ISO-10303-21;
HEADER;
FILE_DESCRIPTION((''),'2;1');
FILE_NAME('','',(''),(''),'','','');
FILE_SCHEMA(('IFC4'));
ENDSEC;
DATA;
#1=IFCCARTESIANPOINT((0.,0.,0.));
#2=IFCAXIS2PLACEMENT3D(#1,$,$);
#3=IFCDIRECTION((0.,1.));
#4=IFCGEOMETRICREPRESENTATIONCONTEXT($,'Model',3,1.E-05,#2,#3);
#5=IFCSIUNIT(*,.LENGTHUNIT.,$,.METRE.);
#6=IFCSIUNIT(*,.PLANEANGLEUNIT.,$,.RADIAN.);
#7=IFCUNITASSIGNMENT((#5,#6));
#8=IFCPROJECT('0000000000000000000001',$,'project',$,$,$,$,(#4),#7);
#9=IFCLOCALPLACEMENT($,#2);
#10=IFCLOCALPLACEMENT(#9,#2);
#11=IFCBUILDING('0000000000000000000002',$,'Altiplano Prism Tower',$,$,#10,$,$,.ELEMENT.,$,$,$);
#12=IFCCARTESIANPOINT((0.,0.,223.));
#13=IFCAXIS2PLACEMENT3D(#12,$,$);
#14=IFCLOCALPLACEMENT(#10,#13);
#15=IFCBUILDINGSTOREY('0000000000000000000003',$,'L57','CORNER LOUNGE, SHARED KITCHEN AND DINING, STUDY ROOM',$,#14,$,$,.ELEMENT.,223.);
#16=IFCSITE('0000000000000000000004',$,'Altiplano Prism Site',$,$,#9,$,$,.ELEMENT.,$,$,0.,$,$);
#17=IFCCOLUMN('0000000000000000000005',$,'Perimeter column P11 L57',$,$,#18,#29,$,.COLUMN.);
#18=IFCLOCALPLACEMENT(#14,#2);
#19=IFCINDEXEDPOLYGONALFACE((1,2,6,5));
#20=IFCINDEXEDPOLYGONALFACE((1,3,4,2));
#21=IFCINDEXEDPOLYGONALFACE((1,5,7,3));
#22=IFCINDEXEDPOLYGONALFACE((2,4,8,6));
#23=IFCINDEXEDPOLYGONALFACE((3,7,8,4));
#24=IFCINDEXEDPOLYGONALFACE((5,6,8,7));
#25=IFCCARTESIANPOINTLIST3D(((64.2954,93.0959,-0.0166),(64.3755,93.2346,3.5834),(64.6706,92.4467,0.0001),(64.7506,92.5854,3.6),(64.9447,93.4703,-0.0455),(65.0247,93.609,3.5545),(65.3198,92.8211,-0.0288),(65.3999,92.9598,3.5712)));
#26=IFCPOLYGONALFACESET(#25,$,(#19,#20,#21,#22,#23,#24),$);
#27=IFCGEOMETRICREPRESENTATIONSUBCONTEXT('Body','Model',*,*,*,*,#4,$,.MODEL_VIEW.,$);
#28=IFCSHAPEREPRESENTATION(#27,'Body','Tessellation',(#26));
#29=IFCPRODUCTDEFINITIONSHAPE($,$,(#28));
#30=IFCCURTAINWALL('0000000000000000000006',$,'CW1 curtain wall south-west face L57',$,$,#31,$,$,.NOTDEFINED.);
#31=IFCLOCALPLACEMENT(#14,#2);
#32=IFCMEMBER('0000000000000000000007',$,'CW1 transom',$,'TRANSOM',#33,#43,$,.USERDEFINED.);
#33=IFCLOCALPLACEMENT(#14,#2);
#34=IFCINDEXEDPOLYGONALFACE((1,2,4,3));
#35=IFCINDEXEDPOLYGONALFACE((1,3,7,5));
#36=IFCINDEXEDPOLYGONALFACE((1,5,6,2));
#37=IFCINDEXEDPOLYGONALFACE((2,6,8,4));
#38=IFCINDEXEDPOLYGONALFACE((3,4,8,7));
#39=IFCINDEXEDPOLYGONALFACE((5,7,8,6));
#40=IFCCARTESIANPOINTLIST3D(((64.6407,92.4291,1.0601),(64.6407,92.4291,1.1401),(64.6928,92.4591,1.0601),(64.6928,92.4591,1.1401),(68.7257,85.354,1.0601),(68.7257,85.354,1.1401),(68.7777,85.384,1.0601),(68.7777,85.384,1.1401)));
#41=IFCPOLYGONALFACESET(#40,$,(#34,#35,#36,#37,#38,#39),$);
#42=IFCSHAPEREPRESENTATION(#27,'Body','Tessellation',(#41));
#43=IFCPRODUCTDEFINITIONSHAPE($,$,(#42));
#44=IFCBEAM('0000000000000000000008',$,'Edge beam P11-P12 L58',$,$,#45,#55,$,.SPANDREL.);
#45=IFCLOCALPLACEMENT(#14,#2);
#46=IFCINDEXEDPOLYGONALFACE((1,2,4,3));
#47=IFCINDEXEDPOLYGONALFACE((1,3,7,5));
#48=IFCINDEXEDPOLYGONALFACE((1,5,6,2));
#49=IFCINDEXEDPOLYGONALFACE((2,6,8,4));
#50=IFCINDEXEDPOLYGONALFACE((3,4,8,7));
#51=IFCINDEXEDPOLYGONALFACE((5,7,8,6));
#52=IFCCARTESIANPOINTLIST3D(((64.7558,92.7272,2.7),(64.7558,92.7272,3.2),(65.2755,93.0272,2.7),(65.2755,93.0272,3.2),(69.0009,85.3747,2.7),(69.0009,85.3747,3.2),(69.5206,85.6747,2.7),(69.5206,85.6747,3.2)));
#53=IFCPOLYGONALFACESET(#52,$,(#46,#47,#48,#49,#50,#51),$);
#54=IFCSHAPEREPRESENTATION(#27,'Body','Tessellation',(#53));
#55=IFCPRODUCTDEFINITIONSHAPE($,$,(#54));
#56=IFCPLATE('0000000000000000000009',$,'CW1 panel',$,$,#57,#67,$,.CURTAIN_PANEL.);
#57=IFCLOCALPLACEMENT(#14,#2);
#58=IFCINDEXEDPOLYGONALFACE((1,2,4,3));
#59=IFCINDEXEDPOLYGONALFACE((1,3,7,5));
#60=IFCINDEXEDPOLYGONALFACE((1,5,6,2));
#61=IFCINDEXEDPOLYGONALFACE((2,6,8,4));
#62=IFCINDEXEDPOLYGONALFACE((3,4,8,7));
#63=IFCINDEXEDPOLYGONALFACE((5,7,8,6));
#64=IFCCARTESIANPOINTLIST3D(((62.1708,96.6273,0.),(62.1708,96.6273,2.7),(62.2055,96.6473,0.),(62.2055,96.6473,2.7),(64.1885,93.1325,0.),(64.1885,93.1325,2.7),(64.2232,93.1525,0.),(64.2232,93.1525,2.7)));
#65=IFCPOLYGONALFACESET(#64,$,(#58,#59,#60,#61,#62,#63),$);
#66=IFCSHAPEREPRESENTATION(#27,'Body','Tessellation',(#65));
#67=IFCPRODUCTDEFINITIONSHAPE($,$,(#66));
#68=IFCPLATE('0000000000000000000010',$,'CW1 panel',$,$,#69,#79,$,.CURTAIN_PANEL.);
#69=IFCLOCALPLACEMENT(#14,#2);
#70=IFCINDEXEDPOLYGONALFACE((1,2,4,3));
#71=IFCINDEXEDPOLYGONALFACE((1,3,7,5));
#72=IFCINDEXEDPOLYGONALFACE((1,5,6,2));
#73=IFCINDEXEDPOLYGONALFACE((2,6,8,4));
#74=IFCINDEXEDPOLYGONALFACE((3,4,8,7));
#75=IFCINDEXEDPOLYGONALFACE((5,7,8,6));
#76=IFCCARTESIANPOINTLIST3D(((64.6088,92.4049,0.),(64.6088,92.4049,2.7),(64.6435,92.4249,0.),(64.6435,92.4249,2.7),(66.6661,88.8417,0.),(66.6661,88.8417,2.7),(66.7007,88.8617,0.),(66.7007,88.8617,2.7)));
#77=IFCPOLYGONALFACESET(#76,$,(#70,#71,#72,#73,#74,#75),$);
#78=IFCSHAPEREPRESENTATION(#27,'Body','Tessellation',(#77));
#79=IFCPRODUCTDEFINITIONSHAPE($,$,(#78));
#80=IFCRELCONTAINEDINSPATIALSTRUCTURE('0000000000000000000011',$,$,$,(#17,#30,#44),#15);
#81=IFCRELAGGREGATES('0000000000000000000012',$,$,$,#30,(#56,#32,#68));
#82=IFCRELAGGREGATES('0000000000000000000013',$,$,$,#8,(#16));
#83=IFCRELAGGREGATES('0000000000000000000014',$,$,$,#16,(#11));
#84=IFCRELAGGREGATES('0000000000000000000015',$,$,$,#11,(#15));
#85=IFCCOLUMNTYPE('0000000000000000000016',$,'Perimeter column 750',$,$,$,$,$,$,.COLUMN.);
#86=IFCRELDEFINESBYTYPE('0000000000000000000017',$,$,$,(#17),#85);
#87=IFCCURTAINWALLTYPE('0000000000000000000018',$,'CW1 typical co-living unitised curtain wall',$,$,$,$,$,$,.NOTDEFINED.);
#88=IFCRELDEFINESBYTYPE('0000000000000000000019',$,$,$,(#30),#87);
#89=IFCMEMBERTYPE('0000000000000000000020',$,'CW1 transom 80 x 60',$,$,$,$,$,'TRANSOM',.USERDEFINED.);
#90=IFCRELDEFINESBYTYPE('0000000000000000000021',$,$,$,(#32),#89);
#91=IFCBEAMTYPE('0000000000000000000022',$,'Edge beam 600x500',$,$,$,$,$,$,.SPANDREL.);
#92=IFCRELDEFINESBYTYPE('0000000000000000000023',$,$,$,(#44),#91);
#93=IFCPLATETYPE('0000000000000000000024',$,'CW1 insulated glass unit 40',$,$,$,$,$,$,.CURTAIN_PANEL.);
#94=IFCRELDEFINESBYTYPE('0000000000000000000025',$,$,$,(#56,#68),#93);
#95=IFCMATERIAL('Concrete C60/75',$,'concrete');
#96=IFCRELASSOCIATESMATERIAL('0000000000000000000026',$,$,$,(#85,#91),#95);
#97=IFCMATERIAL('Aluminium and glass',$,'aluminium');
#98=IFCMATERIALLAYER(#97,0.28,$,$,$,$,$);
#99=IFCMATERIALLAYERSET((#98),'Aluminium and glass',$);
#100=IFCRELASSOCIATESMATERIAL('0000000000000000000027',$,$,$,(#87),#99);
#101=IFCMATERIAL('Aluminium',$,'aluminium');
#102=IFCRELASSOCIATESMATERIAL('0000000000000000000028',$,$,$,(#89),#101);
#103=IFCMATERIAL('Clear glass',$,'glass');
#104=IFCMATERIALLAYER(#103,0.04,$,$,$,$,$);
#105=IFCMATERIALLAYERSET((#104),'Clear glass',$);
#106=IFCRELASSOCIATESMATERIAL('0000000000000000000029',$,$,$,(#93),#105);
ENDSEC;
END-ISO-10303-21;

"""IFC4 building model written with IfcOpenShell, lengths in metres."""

from ifc_helpers import new_model, si_unit, direction, frame, origin, origin_2d, place, context, subcontext, project, spatial, rectangle, extrude, material, layer, layer_set, material_profile, profile_set, type_object, element, aggregate, save


model = new_model("IFC4")

# Units and contexts
model_context = context("Model", 3, precision=1e-05, world=origin(), true_north=direction((0.0, 1.0)))
body_context = subcontext(model_context, "Body", "Model", "MODEL_VIEW")
ifc_project = project(units=[si_unit("LENGTHUNIT", "METRE"), si_unit("PLANEANGLEUNIT", "RADIAN")], contexts=[model_context])

# Site, building, storey
site_placement = place(None, origin())
site = spatial("IfcSite", under=ifc_project, at=site_placement, Name="Altiplano Prism Site", CompositionType="ELEMENT", RefElevation=0.0)
building_placement = place(site_placement, origin())
building = spatial("IfcBuilding", under=site, at=building_placement, Name="Altiplano Prism Tower", CompositionType="ELEMENT")
storey_placement = place(building_placement, frame((0.0, 0.0, 223.0)))
storey = spatial("IfcBuildingStorey", under=building, at=storey_placement, Name="L57", Description="CORNER LOUNGE, SHARED KITCHEN AND DINING, STUDY ROOM", CompositionType="ELEMENT", Elevation=223.0)

# Column
ifc_material_1 = material(Name="Concrete C60/75", Category="concrete")
ifc_material_profile_1 = material_profile(ifc_material_1, rectangle(XDim=0.75, YDim=0.75, at=origin_2d()), Name="Perimeter column 750")
ifc_profile_set_1 = profile_set([ifc_material_profile_1], Name="Concrete C60/75")
column_type = type_object("IfcColumnType", Name="Perimeter column 750", PredefinedType="COLUMN", material=ifc_profile_set_1)
column_placement = place(storey_placement, frame((64.8076, 92.9585, -0.0227), z_axis=(0.022223, 0.038483, 0.999012), x_axis=(-0.865641, -0.499185, 0.038485)))
element("IfcColumn", 1, at=column_placement, inside=storey, type_object=column_type, Name="Perimeter column P11 L57", PredefinedType="COLUMN", context=body_context, shape_type="SweptSolid", body=[
    extrude(rectangle(XDim=0.75, YDim=0.75, at=origin_2d()), origin(), (0.0, 0.0, 1.0), 3.6035),
])

# Curtain wall, member
ifc_material_2 = material(Name="Aluminium and glass", Category="aluminium")
ifc_layer_1 = layer(ifc_material_2, 0.28)
ifc_layer_set_1 = layer_set([ifc_layer_1], Name="Aluminium and glass")
curtain_wall_type = type_object("IfcCurtainWallType", Name="CW1 typical co-living unitised curtain wall", PredefinedType="NOTDEFINED", material=ifc_layer_set_1)
curtain_wall_placement = place(storey_placement, origin())
curtain_wall = element("IfcCurtainWall", 2, at=curtain_wall_placement, inside=storey, type_object=curtain_wall_type, Name="CW1 curtain wall south-west face L57", PredefinedType="NOTDEFINED")
ifc_material_3 = material(Name="Aluminium", Category="aluminium")
ifc_material_profile_2 = material_profile(ifc_material_3, rectangle(XDim=0.0601, YDim=0.0801, at=origin_2d()), Name="CW1 transom 80 x 60")
ifc_profile_set_2 = profile_set([ifc_material_profile_2], Name="Aluminium")
member_type = type_object("IfcMemberType", Name="CW1 transom 80 x 60", ElementType="TRANSOM", PredefinedType="USERDEFINED", material=ifc_profile_set_2)
member_placement = place(storey_placement, frame((64.6667, 92.4441, 1.1001), z_axis=(0.500009, -0.86602, 0.0), x_axis=(0.86602, 0.500009, 0.0)))
member = element("IfcMember", 3, at=member_placement, type_object=member_type, Name="CW1 transom", ObjectType="TRANSOM", PredefinedType="USERDEFINED", context=body_context, shape_type="SweptSolid", body=[
    extrude(rectangle(XDim=0.0601, YDim=0.0801, at=origin_2d()), origin(), (0.0, 0.0, 1.0), 8.1697),
])

# Beam
ifc_material_profile_3 = material_profile(ifc_material_1, rectangle(XDim=0.6001, YDim=0.5, at=origin_2d()), Name="Edge beam 600x500")
ifc_profile_set_3 = profile_set([ifc_material_profile_3], Name="Concrete C60/75")
beam_type = type_object("IfcBeamType", Name="Edge beam 600x500", PredefinedType="SPANDREL", material=ifc_profile_set_3)
beam_placement = place(storey_placement, frame((65.0156, 92.8772, 2.95), z_axis=(0.500011, -0.866019, 0.0), x_axis=(0.866019, 0.500011, 0.0)))
element("IfcBeam", 4, at=beam_placement, inside=storey, type_object=beam_type, Name="Edge beam P11-P12 L58", PredefinedType="SPANDREL", context=body_context, shape_type="SweptSolid", body=[
    extrude(rectangle(XDim=0.6001, YDim=0.5, at=origin_2d()), origin(), (0.0, 0.0, 1.0), 8.49),
])

# Plates
ifc_material_4 = material(Name="Clear glass", Category="glass")
ifc_layer_2 = layer(ifc_material_4, 0.04)
ifc_layer_set_2 = layer_set([ifc_layer_2], Name="Clear glass")
plate_type = type_object("IfcPlateType", Name="CW1 insulated glass unit 40", PredefinedType="CURTAIN_PANEL", material=ifc_layer_set_2)
plate_1_placement = place(storey_placement, frame((63.197, 94.8899, 0.0), z_axis=(0.0, 0.0, 1.0), x_axis=(0.5, -0.866025, 0.0)))
plate_1 = element("IfcPlate", 5, at=plate_1_placement, type_object=plate_type, Name="CW1 panel", PredefinedType="CURTAIN_PANEL", context=body_context, shape_type="SweptSolid", body=[
    extrude(rectangle(XDim=4.0354, YDim=0.04, at=origin_2d()), origin(), (0.0, 0.0, 1.0), 2.7),
])
plate_2_placement = place(storey_placement, frame((65.6548, 90.6333, 0.0), z_axis=(0.0, 0.0, 1.0), x_axis=(0.5, -0.866025, 0.0)))
plate_2 = element("IfcPlate", 6, at=plate_2_placement, type_object=plate_type, Name="CW1 panel", PredefinedType="CURTAIN_PANEL", context=body_context, shape_type="SweptSolid", body=[
    extrude(rectangle(XDim=4.1145, YDim=0.04, at=origin_2d()), origin(), (0.0, 0.0, 1.0), 2.7),
])
aggregate(curtain_wall, [plate_1, member, plate_2])

save(model, "model.ifc")
